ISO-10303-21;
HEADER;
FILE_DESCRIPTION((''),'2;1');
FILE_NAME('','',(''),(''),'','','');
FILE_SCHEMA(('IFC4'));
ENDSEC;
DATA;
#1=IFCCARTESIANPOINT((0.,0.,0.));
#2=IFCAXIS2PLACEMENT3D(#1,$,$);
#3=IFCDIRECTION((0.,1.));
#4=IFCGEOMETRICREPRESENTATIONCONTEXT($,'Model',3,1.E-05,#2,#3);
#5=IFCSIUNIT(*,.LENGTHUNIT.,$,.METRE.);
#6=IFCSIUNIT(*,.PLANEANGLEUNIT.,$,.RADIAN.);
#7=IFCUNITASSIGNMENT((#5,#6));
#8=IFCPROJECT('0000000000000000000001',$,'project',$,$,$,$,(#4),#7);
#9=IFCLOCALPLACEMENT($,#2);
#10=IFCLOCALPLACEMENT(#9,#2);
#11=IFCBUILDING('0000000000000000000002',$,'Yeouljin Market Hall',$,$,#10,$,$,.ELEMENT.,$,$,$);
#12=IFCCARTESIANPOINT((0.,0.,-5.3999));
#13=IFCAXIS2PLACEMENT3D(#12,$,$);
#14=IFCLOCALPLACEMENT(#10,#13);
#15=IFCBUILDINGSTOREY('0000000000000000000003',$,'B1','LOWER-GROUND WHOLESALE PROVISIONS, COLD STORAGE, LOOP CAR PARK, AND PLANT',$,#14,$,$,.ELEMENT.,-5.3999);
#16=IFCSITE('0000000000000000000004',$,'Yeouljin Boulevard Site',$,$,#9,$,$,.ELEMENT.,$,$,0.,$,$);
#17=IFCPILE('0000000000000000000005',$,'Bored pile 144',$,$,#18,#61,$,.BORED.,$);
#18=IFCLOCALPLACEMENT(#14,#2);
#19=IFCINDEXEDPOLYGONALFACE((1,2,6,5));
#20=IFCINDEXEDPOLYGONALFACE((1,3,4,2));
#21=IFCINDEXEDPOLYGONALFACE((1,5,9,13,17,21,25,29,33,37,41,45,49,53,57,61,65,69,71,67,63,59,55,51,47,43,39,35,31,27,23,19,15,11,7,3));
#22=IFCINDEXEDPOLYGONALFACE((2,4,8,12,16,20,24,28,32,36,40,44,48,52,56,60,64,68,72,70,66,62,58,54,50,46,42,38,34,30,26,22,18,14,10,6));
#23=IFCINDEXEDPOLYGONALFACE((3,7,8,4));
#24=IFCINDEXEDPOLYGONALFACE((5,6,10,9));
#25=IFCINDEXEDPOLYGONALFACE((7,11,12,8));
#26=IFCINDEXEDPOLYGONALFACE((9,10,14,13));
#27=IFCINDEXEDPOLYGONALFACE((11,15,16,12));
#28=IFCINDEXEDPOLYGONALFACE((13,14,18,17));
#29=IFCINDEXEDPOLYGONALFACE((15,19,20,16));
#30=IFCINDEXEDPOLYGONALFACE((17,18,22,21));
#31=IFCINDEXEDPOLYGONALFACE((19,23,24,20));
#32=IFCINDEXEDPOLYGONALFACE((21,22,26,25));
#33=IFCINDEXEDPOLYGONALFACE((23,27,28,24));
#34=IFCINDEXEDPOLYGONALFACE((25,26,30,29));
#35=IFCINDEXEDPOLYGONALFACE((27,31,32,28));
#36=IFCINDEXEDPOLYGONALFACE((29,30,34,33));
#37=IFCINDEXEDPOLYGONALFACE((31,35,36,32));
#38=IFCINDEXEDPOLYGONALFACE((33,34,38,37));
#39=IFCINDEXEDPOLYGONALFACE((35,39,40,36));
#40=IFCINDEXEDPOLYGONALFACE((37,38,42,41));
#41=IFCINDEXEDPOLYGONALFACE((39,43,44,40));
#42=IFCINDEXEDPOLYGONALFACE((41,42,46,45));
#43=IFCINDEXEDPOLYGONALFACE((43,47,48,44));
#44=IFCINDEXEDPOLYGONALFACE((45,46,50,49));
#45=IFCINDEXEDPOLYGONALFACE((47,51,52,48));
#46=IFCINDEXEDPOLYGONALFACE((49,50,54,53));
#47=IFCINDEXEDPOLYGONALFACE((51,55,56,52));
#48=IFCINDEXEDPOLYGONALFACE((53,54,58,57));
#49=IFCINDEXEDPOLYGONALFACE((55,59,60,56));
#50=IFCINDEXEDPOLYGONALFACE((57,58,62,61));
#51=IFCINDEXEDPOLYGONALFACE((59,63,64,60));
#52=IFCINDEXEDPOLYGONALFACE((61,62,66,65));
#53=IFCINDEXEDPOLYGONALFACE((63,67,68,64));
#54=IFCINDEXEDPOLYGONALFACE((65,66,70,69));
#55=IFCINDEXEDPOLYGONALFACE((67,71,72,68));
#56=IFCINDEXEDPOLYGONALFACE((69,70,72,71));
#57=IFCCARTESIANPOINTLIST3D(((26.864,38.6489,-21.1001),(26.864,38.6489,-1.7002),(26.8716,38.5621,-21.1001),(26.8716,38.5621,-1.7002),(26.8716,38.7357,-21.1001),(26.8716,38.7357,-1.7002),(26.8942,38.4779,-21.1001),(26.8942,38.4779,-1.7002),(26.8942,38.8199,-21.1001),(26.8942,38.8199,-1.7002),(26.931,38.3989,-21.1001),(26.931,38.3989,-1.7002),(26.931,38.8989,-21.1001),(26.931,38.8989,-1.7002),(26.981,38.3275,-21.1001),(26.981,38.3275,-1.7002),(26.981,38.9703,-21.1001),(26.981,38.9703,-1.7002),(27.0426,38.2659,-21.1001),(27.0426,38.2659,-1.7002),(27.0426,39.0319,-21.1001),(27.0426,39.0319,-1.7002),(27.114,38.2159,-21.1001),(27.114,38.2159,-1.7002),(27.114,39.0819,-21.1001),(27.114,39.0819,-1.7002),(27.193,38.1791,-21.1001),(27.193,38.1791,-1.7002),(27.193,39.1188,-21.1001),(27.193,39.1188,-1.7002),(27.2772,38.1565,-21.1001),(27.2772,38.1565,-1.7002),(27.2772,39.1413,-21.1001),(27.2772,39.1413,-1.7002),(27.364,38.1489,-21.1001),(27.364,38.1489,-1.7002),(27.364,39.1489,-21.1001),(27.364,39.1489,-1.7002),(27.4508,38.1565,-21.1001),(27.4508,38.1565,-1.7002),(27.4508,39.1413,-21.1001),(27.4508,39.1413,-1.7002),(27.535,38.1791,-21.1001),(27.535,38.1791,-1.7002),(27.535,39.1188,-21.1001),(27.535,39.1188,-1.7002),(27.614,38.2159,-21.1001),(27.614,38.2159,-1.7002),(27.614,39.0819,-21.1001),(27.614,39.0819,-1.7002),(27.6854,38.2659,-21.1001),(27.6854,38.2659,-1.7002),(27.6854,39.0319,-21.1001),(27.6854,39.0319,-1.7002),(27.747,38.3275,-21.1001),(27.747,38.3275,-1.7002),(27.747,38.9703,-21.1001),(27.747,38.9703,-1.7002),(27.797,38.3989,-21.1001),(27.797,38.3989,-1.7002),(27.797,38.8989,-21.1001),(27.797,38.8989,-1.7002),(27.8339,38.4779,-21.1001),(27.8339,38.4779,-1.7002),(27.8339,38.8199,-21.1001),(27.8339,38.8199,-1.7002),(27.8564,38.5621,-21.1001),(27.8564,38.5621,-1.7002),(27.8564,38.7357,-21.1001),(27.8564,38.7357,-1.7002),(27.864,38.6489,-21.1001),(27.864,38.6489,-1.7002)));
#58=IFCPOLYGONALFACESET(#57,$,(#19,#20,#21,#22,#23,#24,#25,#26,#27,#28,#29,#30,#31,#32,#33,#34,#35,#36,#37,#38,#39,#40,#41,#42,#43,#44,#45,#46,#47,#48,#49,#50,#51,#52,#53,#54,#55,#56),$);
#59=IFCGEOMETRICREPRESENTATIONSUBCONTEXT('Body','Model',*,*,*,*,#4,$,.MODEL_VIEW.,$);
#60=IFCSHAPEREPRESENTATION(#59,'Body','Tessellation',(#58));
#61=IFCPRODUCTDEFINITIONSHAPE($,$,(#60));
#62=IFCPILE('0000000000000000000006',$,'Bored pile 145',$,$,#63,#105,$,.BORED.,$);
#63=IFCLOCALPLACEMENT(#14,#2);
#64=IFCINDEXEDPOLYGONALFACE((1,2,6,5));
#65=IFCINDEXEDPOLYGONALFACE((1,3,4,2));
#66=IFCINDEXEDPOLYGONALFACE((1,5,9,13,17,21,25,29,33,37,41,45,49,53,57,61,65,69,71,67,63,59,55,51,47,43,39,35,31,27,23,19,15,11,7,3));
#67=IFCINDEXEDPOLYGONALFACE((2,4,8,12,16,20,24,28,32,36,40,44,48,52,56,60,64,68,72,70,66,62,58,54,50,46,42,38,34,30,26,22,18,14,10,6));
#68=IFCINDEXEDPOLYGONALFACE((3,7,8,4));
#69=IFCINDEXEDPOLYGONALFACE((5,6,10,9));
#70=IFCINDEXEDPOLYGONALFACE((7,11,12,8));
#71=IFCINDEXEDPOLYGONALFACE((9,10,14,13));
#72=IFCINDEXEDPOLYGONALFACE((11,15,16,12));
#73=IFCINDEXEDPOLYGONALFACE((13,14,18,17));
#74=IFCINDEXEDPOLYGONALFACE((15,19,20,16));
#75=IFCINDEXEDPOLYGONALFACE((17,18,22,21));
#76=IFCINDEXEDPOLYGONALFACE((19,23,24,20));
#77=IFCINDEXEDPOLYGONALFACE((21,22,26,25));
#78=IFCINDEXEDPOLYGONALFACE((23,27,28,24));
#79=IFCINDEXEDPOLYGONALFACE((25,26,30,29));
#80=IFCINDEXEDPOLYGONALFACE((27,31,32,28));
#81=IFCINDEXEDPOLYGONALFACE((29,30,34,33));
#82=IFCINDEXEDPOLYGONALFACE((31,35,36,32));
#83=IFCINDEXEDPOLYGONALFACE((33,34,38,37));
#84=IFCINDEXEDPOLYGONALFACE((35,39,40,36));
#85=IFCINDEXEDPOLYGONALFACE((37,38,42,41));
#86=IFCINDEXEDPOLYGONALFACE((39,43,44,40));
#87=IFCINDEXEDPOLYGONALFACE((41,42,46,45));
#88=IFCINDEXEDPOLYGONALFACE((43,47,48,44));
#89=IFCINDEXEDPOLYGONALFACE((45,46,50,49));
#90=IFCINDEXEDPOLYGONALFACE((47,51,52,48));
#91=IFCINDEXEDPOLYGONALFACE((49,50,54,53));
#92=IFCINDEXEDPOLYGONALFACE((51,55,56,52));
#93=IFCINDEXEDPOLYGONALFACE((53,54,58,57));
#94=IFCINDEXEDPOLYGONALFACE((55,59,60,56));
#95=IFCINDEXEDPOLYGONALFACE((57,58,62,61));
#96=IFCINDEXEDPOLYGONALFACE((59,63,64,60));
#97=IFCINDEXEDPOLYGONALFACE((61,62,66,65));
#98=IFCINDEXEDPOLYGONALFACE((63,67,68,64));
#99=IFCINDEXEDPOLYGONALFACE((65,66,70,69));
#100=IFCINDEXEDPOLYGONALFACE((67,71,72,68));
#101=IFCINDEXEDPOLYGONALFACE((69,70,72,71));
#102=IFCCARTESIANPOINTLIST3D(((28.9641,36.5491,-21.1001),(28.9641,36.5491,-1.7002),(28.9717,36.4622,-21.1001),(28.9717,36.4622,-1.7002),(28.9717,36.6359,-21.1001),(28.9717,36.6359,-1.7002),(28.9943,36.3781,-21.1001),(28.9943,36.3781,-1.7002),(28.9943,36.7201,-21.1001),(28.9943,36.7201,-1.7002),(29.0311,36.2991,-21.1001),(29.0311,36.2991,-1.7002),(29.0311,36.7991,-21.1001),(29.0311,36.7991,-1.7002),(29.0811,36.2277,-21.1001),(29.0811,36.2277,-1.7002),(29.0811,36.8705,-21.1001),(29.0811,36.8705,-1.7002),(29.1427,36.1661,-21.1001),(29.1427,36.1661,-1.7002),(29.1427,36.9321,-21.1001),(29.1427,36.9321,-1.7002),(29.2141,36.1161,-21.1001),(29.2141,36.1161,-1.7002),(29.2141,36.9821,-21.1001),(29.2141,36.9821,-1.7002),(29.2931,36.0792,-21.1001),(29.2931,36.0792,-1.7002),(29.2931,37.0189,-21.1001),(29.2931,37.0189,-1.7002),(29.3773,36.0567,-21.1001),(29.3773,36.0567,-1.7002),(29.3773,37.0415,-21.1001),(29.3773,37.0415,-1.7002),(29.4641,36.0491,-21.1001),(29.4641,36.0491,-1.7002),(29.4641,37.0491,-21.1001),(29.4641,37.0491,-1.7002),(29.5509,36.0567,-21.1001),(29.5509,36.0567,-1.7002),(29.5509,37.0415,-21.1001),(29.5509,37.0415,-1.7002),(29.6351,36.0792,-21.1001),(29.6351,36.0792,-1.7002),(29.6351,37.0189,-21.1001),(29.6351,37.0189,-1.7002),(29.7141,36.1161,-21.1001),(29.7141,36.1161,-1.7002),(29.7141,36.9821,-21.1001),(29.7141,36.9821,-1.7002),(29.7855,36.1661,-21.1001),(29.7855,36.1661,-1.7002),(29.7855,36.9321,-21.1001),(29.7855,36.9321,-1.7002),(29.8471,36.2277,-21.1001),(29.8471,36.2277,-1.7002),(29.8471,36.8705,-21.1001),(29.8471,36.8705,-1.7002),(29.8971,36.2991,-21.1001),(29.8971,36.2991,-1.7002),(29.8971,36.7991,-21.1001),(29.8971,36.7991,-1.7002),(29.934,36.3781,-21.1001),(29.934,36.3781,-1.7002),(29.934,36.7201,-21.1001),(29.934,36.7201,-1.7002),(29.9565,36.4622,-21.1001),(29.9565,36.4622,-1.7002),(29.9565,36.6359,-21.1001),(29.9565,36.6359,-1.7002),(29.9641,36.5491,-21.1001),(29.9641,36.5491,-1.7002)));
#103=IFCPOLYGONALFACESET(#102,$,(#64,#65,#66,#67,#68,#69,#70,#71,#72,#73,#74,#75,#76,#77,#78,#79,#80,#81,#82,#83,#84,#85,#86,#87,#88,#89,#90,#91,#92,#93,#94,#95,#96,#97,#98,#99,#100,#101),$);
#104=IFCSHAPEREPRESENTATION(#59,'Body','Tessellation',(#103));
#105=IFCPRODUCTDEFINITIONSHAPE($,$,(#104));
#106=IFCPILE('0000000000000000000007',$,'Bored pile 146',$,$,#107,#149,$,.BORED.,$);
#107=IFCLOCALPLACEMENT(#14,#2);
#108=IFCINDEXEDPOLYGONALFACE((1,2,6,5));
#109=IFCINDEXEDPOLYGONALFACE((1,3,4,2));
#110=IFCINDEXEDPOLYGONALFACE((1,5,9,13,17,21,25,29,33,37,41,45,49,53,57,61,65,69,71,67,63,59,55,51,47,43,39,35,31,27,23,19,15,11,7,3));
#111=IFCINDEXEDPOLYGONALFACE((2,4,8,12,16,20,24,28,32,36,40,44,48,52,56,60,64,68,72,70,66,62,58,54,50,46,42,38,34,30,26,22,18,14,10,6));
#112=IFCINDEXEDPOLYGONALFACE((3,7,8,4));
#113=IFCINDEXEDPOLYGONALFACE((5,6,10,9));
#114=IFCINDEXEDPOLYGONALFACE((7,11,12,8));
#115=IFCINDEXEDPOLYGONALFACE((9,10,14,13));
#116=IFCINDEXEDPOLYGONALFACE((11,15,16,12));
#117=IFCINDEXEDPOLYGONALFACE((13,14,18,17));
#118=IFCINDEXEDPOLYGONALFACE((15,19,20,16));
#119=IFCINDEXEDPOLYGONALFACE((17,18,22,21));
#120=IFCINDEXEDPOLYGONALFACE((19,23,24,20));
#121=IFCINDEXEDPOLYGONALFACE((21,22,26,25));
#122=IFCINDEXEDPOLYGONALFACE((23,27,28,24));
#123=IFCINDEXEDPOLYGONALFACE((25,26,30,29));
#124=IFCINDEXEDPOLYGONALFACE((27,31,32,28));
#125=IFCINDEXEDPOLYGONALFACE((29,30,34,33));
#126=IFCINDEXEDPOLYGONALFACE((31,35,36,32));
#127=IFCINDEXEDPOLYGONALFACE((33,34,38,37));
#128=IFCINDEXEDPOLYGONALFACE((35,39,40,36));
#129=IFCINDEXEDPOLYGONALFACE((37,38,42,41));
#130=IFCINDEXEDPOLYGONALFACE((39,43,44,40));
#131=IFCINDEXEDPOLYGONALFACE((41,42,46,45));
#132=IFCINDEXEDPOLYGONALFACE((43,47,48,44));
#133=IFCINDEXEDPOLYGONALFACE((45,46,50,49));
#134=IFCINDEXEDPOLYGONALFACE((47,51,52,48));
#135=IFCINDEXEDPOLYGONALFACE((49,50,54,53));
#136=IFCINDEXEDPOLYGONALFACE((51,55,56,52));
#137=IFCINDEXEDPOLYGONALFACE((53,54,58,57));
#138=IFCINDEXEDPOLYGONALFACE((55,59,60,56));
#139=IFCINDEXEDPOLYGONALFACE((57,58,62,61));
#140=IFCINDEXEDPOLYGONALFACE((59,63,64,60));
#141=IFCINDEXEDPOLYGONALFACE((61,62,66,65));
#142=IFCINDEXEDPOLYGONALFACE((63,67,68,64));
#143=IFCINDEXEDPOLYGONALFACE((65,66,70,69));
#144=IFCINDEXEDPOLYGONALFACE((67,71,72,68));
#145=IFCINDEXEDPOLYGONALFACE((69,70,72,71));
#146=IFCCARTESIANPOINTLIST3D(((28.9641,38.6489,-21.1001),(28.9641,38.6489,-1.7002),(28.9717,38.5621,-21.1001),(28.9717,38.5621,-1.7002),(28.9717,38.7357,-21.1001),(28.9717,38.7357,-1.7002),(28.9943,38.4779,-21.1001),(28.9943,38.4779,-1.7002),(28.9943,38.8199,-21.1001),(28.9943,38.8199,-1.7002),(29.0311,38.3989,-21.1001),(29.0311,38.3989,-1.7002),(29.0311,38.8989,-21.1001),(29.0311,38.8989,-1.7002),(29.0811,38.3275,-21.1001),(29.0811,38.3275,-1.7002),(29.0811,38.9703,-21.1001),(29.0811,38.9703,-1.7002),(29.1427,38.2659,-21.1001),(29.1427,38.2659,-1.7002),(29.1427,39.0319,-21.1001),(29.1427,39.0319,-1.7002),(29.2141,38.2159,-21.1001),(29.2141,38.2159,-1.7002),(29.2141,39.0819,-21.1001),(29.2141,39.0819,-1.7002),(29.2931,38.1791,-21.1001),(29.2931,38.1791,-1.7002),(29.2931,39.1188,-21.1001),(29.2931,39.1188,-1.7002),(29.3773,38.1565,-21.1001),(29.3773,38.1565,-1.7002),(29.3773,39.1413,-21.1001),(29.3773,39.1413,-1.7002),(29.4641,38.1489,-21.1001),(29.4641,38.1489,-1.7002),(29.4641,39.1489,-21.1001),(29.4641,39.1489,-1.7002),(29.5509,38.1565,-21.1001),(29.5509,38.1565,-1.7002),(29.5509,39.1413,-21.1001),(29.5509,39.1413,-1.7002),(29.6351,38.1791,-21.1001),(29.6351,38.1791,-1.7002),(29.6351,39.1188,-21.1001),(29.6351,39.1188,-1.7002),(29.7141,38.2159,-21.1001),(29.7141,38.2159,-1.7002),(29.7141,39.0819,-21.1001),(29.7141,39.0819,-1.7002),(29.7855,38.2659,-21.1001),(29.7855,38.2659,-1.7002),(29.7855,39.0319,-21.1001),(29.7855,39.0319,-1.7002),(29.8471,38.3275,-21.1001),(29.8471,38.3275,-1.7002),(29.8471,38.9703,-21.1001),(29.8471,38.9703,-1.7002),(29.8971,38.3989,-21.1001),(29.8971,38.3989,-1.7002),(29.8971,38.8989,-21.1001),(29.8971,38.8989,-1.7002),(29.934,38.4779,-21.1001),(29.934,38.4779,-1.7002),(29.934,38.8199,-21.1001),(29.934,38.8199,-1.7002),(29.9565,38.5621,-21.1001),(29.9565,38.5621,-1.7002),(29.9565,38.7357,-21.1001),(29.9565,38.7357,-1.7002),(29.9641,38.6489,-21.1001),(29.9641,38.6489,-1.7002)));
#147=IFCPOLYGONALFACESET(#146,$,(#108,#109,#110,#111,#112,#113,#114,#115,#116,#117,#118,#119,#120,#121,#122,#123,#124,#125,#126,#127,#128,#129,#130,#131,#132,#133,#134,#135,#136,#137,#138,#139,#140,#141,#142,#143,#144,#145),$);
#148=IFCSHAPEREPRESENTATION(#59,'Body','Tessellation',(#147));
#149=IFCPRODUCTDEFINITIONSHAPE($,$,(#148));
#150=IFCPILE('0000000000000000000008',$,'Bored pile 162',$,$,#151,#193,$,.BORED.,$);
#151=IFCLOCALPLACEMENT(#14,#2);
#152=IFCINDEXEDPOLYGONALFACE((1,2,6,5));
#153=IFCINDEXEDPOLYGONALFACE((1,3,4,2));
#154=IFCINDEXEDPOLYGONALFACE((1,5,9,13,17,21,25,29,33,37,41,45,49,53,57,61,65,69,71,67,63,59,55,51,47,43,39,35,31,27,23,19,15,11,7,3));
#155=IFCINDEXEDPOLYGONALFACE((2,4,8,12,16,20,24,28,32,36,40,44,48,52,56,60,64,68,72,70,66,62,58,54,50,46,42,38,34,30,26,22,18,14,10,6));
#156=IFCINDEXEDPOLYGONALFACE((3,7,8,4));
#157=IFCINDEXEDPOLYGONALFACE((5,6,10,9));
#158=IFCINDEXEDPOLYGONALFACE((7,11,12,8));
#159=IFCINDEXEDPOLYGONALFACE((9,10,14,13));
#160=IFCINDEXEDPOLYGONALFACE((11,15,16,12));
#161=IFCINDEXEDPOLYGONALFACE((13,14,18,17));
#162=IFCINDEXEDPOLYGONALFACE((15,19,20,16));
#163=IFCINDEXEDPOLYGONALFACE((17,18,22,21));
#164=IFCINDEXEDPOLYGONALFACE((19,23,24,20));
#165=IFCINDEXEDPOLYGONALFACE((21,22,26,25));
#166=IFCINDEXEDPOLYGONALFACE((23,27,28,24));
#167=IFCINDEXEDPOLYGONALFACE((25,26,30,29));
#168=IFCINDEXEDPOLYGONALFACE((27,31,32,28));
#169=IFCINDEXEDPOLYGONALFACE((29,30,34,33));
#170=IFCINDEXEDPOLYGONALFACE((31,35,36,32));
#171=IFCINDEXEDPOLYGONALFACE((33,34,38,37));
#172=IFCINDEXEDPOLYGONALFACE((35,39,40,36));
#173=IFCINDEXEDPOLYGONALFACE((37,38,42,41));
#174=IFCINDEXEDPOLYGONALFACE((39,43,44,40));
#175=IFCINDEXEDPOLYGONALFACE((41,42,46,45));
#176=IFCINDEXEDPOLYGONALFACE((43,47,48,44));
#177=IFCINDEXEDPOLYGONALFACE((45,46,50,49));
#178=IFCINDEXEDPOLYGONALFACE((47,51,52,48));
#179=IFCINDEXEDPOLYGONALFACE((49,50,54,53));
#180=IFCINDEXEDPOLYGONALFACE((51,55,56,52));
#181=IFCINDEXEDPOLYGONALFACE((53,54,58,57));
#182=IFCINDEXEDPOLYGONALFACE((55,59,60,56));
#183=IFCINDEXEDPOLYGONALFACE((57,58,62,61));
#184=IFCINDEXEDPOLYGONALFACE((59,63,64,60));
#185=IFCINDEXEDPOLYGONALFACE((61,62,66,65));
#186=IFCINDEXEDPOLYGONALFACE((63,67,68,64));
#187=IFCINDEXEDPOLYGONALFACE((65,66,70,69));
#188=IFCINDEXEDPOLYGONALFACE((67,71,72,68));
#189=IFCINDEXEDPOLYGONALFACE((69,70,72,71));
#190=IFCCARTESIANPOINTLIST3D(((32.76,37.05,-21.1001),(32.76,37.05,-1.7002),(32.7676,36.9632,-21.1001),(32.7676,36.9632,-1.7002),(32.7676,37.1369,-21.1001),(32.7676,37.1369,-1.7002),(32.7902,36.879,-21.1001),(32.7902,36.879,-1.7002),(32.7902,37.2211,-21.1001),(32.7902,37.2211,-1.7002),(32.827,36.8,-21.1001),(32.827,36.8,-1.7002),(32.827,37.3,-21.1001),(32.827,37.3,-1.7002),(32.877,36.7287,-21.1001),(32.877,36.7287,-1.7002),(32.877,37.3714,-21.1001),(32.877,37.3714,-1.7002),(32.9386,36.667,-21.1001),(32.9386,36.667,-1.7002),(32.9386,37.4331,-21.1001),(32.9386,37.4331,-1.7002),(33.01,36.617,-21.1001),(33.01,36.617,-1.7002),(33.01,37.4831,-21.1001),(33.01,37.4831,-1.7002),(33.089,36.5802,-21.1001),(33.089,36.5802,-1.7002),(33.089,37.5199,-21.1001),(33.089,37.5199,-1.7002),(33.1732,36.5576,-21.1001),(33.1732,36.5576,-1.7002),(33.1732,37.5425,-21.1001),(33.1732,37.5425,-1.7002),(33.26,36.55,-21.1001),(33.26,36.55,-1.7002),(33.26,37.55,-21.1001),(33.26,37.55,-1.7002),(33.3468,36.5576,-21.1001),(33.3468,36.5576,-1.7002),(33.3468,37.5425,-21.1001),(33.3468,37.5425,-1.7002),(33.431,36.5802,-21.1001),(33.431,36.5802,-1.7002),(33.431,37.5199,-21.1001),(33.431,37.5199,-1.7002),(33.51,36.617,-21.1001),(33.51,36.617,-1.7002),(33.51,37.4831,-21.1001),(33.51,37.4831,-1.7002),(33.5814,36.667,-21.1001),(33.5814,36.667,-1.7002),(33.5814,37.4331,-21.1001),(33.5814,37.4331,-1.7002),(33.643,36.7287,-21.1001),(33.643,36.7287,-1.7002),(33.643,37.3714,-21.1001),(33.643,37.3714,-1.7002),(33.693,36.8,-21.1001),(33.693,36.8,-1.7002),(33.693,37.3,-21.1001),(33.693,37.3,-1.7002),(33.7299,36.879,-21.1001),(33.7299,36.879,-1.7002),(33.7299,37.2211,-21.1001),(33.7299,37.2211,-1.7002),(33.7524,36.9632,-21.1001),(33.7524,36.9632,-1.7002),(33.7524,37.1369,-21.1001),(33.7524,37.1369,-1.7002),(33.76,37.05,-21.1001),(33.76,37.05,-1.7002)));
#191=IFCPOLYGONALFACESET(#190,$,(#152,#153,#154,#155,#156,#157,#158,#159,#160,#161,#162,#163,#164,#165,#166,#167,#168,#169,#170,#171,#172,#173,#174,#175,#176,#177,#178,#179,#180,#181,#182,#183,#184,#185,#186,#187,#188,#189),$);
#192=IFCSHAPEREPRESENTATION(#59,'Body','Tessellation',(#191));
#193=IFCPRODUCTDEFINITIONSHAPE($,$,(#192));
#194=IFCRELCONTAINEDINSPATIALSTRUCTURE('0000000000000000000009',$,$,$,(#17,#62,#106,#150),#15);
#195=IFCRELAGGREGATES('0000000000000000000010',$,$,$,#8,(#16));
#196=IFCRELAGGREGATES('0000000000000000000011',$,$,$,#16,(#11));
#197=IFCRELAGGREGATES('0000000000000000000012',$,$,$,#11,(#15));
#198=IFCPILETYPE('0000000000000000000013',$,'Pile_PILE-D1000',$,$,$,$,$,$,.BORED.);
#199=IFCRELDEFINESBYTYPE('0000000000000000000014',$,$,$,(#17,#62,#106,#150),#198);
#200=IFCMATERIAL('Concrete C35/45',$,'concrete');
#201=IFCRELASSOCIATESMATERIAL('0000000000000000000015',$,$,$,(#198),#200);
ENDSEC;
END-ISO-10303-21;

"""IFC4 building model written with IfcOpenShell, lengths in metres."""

from ifc_helpers import new_model, si_unit, direction, frame, origin, origin_2d, place, context, subcontext, project, spatial, circle, extrude, material, material_profile, profile_set, type_object, element, save


model = new_model("IFC4")

# Units and contexts
model_context = context("Model", 3, precision=1e-05, world=origin(), true_north=direction((0.0, 1.0)))
body_context = subcontext(model_context, "Body", "Model", "MODEL_VIEW")
ifc_project = project(units=[si_unit("LENGTHUNIT", "METRE"), si_unit("PLANEANGLEUNIT", "RADIAN")], contexts=[model_context])

# Site, building, storey
site_placement = place(None, origin())
site = spatial("IfcSite", under=ifc_project, at=site_placement, Name="Yeouljin Boulevard Site", CompositionType="ELEMENT", RefElevation=0.0)
building_placement = place(site_placement, origin())
building = spatial("IfcBuilding", under=site, at=building_placement, Name="Yeouljin Market Hall", CompositionType="ELEMENT")
storey_placement = place(building_placement, frame((0.0, 0.0, -5.3999)))
storey = spatial("IfcBuildingStorey", under=building, at=storey_placement, Name="B1", Description="LOWER-GROUND WHOLESALE PROVISIONS, COLD STORAGE, LOOP CAR PARK, AND PLANT", CompositionType="ELEMENT", Elevation=-5.3999)

# Piles
ifc_material_1 = material(Name="Concrete C35/45", Category="concrete")
ifc_material_profile_1 = material_profile(ifc_material_1, circle(Radius=0.5, at=origin_2d()), Name="PILE-D1000")
ifc_profile_set_1 = profile_set([ifc_material_profile_1], Name="Concrete C35/45")
pile_type = type_object("IfcPileType", Name="Pile_PILE-D1000", PredefinedType="BORED", material=ifc_profile_set_1)
for number, where, z_axis, x_axis, name in (
    (1, (27.364, 38.6489, -1.7002), (0.0, 0.0, -1.0), (1.0, 0.0, 0.0), "Bored pile 144"),
    (2, (29.4641, 36.5491, -1.7002), (0.0, 0.0, -1.0), (1.0, 0.0, 0.0), "Bored pile 145"),
    (3, (29.4641, 38.6489, -1.7002), (0.0, 0.0, -1.0), (1.0, 0.0, 0.0), "Bored pile 146"),
    (4, (33.26, 37.05, -1.7002), (0.0, 0.0, -1.0), (1.0, 0.0, 0.0), "Bored pile 162"),
):
    element("IfcPile", number, at=place(storey_placement, frame(where, z_axis=z_axis, x_axis=x_axis)), inside=storey, type_object=pile_type, Name=name, PredefinedType="BORED", context=body_context, shape_type="SweptSolid", body=[
        extrude(circle(Radius=0.5, at=origin_2d()), origin(), (0.0, 0.0, 1.0), 19.3999),
    ])

save(model, "model.ifc")
